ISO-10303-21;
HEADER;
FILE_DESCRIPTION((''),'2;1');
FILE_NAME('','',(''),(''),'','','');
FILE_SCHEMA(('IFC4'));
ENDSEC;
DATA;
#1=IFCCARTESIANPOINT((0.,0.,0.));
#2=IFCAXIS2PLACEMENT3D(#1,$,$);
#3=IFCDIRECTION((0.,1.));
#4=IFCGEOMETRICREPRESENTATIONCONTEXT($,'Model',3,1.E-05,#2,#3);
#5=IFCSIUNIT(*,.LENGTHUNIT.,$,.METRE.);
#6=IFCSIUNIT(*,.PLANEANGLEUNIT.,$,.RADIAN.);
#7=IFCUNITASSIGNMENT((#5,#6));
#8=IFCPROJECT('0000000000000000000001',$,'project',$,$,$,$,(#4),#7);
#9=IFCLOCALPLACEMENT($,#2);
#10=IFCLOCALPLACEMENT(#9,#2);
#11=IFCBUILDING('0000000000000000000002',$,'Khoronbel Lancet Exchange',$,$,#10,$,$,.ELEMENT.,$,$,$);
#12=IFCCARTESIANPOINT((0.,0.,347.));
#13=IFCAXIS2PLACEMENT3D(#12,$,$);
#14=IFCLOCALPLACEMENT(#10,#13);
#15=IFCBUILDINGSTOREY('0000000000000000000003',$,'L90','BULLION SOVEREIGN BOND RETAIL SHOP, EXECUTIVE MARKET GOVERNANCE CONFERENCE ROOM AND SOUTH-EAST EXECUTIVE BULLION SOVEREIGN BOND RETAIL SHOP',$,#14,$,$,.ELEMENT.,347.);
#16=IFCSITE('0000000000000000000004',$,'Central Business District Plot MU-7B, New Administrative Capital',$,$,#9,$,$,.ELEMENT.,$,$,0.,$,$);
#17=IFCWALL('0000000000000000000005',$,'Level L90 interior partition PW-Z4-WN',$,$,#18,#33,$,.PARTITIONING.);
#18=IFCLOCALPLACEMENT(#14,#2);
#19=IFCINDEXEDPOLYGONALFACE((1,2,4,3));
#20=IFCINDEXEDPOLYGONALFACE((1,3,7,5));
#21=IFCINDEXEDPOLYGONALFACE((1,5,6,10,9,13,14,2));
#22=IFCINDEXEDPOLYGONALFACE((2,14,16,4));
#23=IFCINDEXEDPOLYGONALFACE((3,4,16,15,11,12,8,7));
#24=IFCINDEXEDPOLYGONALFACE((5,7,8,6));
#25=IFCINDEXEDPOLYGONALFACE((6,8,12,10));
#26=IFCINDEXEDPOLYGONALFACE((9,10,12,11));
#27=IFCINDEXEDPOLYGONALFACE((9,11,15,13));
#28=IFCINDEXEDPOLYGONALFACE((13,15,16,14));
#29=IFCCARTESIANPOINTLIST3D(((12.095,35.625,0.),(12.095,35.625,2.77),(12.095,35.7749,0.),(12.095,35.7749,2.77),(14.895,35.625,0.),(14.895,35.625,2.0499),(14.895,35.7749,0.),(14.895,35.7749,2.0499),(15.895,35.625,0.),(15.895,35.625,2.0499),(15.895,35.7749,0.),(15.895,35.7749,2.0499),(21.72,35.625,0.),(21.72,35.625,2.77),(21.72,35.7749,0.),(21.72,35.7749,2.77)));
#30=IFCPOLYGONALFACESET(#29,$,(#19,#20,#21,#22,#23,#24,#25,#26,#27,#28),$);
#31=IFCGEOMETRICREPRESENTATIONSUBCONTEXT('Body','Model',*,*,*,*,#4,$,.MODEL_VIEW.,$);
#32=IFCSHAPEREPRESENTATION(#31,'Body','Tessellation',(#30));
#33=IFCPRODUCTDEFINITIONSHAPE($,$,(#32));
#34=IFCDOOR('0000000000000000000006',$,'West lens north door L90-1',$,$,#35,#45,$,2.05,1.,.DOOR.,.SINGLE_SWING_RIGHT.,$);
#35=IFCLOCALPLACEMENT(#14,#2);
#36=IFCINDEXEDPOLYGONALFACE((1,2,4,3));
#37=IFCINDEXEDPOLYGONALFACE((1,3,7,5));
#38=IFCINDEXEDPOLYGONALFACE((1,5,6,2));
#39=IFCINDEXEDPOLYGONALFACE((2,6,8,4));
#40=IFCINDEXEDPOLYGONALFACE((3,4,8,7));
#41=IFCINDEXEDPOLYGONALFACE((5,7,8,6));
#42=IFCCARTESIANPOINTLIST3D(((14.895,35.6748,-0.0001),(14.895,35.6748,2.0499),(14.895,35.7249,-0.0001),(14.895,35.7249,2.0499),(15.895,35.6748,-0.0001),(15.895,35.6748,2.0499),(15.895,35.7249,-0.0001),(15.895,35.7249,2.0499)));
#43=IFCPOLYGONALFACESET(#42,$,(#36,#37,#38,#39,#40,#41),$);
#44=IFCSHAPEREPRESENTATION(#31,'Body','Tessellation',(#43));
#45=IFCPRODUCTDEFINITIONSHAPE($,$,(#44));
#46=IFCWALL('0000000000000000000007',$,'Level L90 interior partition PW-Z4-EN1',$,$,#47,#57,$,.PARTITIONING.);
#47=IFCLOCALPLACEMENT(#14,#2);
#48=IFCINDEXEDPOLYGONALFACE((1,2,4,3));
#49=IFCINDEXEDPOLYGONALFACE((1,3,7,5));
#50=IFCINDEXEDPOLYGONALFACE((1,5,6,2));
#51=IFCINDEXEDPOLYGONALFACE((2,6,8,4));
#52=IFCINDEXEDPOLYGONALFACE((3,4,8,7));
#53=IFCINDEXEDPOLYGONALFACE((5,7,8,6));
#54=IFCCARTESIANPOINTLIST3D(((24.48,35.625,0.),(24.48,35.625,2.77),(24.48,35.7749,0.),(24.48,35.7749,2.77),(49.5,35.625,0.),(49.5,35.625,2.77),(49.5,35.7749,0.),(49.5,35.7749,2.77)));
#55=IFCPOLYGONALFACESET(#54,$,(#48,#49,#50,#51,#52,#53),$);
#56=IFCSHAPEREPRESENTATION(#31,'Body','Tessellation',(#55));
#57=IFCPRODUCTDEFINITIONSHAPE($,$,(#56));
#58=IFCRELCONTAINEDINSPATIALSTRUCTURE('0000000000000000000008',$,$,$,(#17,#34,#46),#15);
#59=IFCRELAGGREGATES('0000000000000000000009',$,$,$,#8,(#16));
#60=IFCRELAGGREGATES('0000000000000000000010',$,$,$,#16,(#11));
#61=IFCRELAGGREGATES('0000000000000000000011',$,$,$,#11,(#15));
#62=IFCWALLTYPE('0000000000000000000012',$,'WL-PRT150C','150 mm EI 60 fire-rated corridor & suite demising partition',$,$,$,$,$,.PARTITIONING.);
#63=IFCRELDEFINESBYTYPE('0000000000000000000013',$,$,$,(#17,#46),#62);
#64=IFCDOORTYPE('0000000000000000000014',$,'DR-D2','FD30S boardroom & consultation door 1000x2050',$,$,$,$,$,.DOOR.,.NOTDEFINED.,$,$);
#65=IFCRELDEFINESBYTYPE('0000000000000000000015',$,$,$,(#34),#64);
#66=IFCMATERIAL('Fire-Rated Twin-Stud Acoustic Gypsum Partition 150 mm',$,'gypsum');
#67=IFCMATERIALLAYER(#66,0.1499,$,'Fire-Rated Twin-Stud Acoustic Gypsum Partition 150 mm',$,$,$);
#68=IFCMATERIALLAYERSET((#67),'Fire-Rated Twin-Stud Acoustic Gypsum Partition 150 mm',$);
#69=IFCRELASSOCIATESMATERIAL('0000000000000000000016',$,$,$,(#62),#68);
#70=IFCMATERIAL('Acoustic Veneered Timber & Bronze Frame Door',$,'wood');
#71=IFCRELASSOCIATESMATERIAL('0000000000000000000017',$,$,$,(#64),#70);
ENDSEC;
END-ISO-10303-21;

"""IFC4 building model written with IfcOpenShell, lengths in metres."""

from ifc_helpers import new_model, si_unit, direction, frame, frame_2d, origin, place, context, subcontext, project, spatial, rectangle, extrude, material, layer, layer_set, type_object, element, fill, save


model = new_model("IFC4")

# Units and contexts
model_context = context("Model", 3, precision=1e-05, world=origin(), true_north=direction((0.0, 1.0)))
body_context = subcontext(model_context, "Body", "Model", "MODEL_VIEW")
ifc_project = project(units=[si_unit("LENGTHUNIT", "METRE"), si_unit("PLANEANGLEUNIT", "RADIAN")], contexts=[model_context])

# Site, building, storey
site_placement = place(None, origin())
site = spatial("IfcSite", under=ifc_project, at=site_placement, Name="Central Business District Plot MU-7B, New Administrative Capital", CompositionType="ELEMENT", RefElevation=0.0)
building_placement = place(site_placement, origin())
building = spatial("IfcBuilding", under=site, at=building_placement, Name="Khoronbel Lancet Exchange", CompositionType="ELEMENT")
storey_placement = place(building_placement, frame((0.0, 0.0, 347.0)))
storey = spatial("IfcBuildingStorey", under=building, at=storey_placement, Name="L90", Description="BULLION SOVEREIGN BOND RETAIL SHOP, EXECUTIVE MARKET GOVERNANCE CONFERENCE ROOM AND SOUTH-EAST EXECUTIVE BULLION SOVEREIGN BOND RETAIL SHOP", CompositionType="ELEMENT", Elevation=347.0)

# Wall, opening, door
ifc_material_1 = material(Name="Fire-Rated Twin-Stud Acoustic Gypsum Partition 150 mm", Category="gypsum")
ifc_layer_1 = layer(ifc_material_1, 0.1499, Name="Fire-Rated Twin-Stud Acoustic Gypsum Partition 150 mm")
ifc_layer_set_1 = layer_set([ifc_layer_1], Name="Fire-Rated Twin-Stud Acoustic Gypsum Partition 150 mm")
wall_type = type_object("IfcWallType", Name="WL-PRT150C", Description="150 mm EI 60 fire-rated corridor & suite demising partition", PredefinedType="PARTITIONING", material=ifc_layer_set_1)
ifc_material_2 = material(Name="Acoustic Veneered Timber & Bronze Frame Door", Category="wood")
wall_1_placement = place(storey_placement, frame((12.095, 35.7, 0.0), z_axis=(0.0, 0.0, 1.0), x_axis=(1.0, 0.0, 0.0)))
wall_1 = element("IfcWall", 1, at=wall_1_placement, inside=storey, type_object=wall_type, Name="Level L90 interior partition PW-Z4-WN", PredefinedType="PARTITIONING", context=body_context, shape_type="SweptSolid", body=[
    extrude(rectangle(XDim=9.625, YDim=0.1499, at=frame_2d((4.8125, 0.0))), origin(), (0.0, 0.0, 1.0), 2.77),
])
opening_1_placement = place(wall_1_placement, frame((2.8, 0.0, 0.0)))
opening_1 = element("IfcOpeningElement", 2, at=opening_1_placement, cuts=wall_1, PredefinedType="OPENING", context=body_context, shape_type="SweptSolid", body=[
    extrude(rectangle(XDim=1.0, YDim=2.05, at=frame_2d((0.5, 1.0249))), frame((0.0, 0.085, 0.0), z_axis=(0.0, -1.0, 0.0), x_axis=(1.0, 0.0, 0.0)), (0.0, 0.0, 1.0), 0.1699),
])
door_type_1 = type_object("IfcDoorType", Name="DR-D2", Description="FD30S boardroom & consultation door 1000x2050", OperationType="NOTDEFINED", PredefinedType="DOOR", material=ifc_material_2)
door_1_placement = place(opening_1_placement, origin())
door_1 = element("IfcDoor", 3, at=door_1_placement, inside=storey, type_object=door_type_1, Name="West lens north door L90-1", OperationType="SINGLE_SWING_RIGHT", OverallHeight=2.05, OverallWidth=1.0, PredefinedType="DOOR", context=body_context, shape_type="SweptSolid", body=[
    extrude(rectangle(XDim=1.0, YDim=2.05, at=frame_2d((0.5, 1.0249))), frame((0.0, 0.0249, 0.0), z_axis=(0.0, -1.0, 0.0), x_axis=(1.0, 0.0, 0.0)), (0.0, 0.0, 1.0), 0.05),
])
fill(opening_1, door_1)

# Wall
wall_2_placement = place(storey_placement, frame((24.48, 35.7, 0.0), z_axis=(0.0, 0.0, 1.0), x_axis=(1.0, 0.0, 0.0)))
element("IfcWall", 4, at=wall_2_placement, inside=storey, type_object=wall_type, Name="Level L90 interior partition PW-Z4-EN1", PredefinedType="PARTITIONING", context=body_context, shape_type="SweptSolid", body=[
    extrude(rectangle(XDim=25.02, YDim=0.1499, at=frame_2d((12.51, 0.0))), origin(), (0.0, 0.0, 1.0), 2.77),
])

save(model, "model.ifc")
